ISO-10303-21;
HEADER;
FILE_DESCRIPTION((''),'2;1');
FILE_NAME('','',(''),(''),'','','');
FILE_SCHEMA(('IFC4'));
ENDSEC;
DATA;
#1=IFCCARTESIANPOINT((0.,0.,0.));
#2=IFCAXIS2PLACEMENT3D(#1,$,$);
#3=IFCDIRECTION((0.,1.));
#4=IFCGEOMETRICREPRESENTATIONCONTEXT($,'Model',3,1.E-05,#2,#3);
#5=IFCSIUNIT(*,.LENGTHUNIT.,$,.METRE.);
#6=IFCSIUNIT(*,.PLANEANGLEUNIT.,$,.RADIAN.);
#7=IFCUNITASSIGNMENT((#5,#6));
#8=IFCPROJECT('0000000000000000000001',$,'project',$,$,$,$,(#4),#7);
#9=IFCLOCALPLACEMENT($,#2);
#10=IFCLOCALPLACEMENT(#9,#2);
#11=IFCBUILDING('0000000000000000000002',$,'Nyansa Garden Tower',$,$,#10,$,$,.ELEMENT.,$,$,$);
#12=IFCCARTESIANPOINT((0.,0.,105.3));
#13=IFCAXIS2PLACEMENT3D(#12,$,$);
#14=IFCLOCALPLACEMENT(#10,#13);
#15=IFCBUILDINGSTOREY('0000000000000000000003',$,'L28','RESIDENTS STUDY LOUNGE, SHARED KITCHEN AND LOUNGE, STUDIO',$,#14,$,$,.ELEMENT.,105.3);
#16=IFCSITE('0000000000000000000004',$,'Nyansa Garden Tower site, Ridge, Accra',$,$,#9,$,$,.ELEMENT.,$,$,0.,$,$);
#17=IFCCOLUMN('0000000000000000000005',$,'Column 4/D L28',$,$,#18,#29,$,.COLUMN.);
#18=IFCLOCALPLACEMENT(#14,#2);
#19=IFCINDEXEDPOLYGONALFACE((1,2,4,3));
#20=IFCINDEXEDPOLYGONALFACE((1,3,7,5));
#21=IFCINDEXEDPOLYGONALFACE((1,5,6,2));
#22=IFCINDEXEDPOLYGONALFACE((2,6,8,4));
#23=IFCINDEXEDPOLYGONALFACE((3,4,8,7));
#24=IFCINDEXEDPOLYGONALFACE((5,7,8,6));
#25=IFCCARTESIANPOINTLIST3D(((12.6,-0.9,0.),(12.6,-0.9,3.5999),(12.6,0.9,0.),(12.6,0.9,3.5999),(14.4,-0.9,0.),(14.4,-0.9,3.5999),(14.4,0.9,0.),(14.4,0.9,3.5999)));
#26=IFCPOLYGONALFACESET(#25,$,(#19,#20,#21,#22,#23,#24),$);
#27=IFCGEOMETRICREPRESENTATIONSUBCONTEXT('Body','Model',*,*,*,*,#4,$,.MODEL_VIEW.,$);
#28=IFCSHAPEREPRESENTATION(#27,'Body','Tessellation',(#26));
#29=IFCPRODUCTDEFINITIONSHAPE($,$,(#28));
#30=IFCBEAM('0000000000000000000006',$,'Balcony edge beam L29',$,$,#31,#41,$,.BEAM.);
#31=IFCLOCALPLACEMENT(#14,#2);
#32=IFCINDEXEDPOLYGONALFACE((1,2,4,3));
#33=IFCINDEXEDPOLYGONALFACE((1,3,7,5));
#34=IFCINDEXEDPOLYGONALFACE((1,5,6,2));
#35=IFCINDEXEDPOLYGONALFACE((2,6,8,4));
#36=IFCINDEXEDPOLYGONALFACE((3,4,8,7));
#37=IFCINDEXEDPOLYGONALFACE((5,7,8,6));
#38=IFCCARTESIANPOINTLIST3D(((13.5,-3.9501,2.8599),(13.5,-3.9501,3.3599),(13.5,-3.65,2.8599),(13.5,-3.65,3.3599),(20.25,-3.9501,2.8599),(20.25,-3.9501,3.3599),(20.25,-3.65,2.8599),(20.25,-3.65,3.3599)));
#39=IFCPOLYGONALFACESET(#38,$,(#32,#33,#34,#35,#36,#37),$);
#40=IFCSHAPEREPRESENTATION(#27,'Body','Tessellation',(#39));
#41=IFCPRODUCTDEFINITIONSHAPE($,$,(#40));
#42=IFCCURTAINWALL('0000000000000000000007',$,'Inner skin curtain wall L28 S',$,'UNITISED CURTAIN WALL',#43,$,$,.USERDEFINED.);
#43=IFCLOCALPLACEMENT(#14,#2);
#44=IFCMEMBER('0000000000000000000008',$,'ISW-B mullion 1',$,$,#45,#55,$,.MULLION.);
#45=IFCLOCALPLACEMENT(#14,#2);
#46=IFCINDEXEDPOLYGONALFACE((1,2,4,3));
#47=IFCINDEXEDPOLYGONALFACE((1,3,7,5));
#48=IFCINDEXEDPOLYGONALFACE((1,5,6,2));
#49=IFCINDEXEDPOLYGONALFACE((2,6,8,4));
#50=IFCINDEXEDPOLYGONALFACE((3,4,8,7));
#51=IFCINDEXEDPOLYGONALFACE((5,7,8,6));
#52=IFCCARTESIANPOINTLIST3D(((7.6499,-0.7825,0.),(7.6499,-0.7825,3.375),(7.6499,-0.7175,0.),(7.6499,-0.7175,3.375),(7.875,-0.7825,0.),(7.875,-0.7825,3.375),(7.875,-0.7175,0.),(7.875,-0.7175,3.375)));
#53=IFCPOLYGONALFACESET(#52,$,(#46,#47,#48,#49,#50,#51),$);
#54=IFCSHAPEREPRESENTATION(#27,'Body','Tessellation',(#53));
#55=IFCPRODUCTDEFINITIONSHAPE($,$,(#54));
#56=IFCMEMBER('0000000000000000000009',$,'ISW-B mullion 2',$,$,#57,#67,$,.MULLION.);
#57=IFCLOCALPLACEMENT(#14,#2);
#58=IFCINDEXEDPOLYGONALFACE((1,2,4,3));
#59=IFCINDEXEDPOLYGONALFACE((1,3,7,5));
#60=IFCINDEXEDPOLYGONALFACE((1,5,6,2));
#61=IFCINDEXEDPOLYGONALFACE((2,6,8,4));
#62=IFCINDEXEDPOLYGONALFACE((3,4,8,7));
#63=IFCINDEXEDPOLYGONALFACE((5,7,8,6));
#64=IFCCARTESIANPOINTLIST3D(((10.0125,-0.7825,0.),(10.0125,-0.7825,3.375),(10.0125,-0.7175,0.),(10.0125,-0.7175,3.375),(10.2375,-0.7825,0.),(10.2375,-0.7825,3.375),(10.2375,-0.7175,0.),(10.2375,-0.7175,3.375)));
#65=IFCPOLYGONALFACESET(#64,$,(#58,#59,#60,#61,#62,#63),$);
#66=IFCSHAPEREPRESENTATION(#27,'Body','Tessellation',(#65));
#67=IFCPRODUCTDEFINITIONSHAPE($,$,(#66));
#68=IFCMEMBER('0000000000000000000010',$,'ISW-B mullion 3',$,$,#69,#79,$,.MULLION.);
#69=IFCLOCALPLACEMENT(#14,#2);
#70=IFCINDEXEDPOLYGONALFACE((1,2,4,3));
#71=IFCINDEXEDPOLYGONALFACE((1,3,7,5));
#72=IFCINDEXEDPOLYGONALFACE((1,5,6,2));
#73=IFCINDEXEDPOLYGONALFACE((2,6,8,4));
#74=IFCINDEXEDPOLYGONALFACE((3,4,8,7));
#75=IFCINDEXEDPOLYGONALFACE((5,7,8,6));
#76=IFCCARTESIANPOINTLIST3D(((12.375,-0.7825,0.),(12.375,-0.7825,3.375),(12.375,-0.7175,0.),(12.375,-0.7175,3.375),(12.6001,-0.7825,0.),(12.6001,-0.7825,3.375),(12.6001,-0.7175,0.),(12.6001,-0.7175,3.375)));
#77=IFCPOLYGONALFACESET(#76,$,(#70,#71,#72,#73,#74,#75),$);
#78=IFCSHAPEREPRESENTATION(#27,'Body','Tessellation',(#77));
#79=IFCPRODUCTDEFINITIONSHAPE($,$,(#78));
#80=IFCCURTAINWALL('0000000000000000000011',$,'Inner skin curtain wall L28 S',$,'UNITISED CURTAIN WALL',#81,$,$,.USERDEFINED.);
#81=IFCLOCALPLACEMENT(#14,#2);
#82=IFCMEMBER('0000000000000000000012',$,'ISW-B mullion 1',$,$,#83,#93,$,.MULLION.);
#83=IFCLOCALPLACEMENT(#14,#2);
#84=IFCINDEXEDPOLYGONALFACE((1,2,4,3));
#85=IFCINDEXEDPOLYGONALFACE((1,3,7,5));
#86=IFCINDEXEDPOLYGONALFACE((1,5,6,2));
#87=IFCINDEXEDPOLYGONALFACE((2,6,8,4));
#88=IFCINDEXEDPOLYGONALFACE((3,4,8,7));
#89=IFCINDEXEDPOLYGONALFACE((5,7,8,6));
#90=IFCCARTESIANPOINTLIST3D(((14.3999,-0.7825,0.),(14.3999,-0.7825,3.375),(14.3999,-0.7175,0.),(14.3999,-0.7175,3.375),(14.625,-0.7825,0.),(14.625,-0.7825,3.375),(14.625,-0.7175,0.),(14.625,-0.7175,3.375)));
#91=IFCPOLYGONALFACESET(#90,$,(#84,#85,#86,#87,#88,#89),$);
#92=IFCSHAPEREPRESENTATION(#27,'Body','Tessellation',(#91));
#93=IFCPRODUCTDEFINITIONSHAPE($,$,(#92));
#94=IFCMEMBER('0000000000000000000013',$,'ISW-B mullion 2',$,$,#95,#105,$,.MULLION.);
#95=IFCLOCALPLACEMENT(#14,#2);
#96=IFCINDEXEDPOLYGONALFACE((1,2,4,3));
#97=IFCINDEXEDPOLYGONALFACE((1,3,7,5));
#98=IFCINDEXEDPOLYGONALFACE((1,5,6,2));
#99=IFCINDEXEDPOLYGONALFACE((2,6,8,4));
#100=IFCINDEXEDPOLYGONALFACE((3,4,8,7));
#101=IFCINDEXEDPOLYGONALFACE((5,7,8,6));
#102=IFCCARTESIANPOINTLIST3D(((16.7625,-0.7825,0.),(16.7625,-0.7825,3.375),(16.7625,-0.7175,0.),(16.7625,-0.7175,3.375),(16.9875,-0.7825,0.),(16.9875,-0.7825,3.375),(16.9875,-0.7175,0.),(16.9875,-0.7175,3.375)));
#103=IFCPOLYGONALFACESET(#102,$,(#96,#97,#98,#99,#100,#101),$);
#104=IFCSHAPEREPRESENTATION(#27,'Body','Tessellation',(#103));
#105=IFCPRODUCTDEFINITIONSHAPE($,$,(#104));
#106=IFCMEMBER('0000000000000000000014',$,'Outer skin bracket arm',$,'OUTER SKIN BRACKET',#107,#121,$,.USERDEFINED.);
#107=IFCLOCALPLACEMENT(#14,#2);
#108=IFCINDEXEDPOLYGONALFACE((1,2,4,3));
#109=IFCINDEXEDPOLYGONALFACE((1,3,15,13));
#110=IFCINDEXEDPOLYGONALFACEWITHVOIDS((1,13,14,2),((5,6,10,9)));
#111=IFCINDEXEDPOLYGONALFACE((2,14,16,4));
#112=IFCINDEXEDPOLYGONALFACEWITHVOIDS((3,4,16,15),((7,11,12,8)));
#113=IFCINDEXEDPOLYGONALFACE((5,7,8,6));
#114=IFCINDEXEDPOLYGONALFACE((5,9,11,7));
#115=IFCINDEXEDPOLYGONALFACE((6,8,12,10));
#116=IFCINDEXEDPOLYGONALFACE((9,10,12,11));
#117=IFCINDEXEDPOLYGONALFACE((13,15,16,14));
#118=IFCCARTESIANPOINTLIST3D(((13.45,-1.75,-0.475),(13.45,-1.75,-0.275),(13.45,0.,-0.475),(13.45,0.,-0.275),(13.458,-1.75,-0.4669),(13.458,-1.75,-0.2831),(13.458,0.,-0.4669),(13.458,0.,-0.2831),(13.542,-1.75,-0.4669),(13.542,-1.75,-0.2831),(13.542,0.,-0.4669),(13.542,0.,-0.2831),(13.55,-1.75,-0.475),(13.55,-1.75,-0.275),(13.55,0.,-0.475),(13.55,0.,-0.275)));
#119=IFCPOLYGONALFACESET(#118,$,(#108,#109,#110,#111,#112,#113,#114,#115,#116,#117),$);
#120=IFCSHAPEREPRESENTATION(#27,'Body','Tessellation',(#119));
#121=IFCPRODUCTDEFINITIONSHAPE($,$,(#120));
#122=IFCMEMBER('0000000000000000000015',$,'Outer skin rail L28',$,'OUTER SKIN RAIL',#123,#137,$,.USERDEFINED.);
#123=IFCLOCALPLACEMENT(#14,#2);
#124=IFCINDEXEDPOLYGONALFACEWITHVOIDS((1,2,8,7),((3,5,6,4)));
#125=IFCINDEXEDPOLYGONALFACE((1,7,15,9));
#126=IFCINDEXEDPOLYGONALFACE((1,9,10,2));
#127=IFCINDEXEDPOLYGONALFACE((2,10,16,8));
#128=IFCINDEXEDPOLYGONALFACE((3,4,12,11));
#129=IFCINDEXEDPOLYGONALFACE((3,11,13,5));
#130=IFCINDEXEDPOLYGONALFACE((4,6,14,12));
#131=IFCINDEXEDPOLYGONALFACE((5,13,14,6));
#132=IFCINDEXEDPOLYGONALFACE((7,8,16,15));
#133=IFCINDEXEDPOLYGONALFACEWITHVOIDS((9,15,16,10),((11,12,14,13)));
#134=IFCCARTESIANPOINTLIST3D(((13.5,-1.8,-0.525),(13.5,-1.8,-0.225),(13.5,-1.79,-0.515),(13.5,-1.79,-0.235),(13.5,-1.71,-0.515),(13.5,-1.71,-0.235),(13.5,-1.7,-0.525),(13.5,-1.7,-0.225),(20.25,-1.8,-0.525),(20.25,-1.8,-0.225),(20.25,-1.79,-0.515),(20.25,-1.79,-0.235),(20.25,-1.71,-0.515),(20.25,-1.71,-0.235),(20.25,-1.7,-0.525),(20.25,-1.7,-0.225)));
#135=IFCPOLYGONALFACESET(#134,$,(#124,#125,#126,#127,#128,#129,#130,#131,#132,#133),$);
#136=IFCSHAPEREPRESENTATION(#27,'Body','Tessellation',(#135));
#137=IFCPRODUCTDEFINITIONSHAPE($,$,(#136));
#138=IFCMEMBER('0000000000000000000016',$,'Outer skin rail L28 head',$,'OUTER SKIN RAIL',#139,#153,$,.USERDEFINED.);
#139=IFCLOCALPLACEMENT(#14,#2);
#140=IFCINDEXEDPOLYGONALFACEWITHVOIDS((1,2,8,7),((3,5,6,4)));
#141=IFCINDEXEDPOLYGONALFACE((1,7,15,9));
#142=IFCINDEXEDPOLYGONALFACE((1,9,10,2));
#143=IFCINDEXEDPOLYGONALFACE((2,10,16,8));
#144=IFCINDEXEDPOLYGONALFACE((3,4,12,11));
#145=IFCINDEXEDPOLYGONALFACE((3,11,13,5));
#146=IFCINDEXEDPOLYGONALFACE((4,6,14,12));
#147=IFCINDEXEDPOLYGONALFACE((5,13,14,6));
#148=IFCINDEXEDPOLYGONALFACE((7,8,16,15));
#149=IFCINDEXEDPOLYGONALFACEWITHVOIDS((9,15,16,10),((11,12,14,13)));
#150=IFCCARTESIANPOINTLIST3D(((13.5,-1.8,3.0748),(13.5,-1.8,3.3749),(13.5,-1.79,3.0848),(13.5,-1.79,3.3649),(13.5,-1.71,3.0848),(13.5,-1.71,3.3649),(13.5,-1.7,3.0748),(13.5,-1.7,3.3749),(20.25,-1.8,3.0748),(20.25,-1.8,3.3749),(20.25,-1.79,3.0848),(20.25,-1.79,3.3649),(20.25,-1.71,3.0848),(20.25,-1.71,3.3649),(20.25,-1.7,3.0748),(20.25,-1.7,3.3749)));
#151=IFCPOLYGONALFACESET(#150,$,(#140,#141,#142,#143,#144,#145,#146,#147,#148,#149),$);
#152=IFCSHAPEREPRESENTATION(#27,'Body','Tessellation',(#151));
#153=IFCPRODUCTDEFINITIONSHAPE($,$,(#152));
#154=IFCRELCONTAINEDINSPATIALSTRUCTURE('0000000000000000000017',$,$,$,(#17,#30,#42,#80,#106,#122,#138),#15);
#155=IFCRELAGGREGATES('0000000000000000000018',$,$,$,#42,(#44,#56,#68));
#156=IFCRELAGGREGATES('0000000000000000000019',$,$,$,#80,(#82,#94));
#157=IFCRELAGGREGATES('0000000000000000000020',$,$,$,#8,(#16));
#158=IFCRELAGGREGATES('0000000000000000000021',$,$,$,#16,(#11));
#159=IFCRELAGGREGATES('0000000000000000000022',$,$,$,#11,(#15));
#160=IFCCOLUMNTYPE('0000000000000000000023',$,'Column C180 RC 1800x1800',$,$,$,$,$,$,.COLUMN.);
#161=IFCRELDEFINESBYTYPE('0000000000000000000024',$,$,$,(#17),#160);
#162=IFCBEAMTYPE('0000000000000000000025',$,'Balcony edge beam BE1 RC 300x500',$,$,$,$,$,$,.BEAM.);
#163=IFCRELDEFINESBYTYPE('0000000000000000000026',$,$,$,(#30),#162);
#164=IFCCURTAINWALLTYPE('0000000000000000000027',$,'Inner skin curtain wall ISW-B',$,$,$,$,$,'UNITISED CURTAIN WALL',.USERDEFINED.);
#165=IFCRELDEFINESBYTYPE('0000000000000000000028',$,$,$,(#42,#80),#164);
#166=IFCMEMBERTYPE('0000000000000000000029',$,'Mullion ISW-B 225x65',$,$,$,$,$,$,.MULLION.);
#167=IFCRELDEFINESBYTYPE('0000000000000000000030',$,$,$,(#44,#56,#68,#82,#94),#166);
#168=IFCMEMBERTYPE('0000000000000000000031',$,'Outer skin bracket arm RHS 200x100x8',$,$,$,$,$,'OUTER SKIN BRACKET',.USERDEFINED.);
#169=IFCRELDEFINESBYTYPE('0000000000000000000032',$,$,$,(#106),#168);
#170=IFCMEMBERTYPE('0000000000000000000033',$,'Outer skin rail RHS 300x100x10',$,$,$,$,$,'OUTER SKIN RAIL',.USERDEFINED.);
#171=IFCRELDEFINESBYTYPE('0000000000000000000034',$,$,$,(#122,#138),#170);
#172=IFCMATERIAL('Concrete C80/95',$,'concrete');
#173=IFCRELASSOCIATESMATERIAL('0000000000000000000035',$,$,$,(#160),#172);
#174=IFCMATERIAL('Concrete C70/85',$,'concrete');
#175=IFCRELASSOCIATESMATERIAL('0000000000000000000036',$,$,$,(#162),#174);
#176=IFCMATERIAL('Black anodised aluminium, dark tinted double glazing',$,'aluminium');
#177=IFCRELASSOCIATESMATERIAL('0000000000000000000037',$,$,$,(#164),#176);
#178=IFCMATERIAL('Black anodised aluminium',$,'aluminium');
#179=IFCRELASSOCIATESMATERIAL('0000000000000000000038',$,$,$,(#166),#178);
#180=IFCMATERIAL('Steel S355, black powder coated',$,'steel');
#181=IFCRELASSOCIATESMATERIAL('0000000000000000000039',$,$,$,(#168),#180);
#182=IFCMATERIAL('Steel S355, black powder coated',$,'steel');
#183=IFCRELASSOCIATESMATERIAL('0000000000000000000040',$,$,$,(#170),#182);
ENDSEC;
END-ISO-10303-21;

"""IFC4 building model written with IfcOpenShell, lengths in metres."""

from ifc_helpers import new_model, si_unit, direction, frame, origin, origin_2d, place, context, subcontext, project, spatial, rectangle, hollow_rectangle, extrude, material, material_profile, profile_set, type_object, element, aggregate, save


model = new_model("IFC4")

# Units and contexts
model_context = context("Model", 3, precision=1e-05, world=origin(), true_north=direction((0.0, 1.0)))
body_context = subcontext(model_context, "Body", "Model", "MODEL_VIEW")
ifc_project = project(units=[si_unit("LENGTHUNIT", "METRE"), si_unit("PLANEANGLEUNIT", "RADIAN")], contexts=[model_context])

# Site, building, storey
site_placement = place(None, origin())
site = spatial("IfcSite", under=ifc_project, at=site_placement, Name="Nyansa Garden Tower site, Ridge, Accra", CompositionType="ELEMENT", RefElevation=0.0)
building_placement = place(site_placement, origin())
building = spatial("IfcBuilding", under=site, at=building_placement, Name="Nyansa Garden Tower", CompositionType="ELEMENT")
storey_placement = place(building_placement, frame((0.0, 0.0, 105.3)))
storey = spatial("IfcBuildingStorey", under=building, at=storey_placement, Name="L28", Description="RESIDENTS STUDY LOUNGE, SHARED KITCHEN AND LOUNGE, STUDIO", CompositionType="ELEMENT", Elevation=105.3)

# Column
ifc_material_1 = material(Name="Concrete C80/95", Category="concrete")
ifc_material_profile_1 = material_profile(ifc_material_1, rectangle(XDim=1.8, YDim=1.8, at=origin_2d()), Name="RC 1800x1800")
ifc_profile_set_1 = profile_set([ifc_material_profile_1], Name="Concrete C80/95")
column_type = type_object("IfcColumnType", Name="Column C180 RC 1800x1800", PredefinedType="COLUMN", material=ifc_profile_set_1)
column_placement = place(storey_placement, frame((13.5, 0.0, 0.0), z_axis=(0.0, 0.0, 1.0), x_axis=(1.0, 0.0, 0.0)))
element("IfcColumn", 1, at=column_placement, inside=storey, type_object=column_type, Name="Column 4/D L28", PredefinedType="COLUMN", context=body_context, shape_type="SweptSolid", body=[
    extrude(rectangle(XDim=1.8, YDim=1.8, at=origin_2d()), origin(), (0.0, 0.0, 1.0), 3.5999),
])

# Beam
ifc_material_2 = material(Name="Concrete C70/85", Category="concrete")
ifc_material_profile_2 = material_profile(ifc_material_2, rectangle(XDim=0.3, YDim=0.5, at=origin_2d()), Name="RC 300x500")
ifc_profile_set_2 = profile_set([ifc_material_profile_2], Name="Concrete C70/85")
beam_type_1 = type_object("IfcBeamType", Name="Balcony edge beam BE1 RC 300x500", PredefinedType="BEAM", material=ifc_profile_set_2)
beam_1_placement = place(storey_placement, frame((13.5, -3.8, 3.1099), z_axis=(1.0, 0.0, 0.0), x_axis=(0.0, 1.0, 0.0)))
element("IfcBeam", 2, at=beam_1_placement, inside=storey, type_object=beam_type_1, Name="Balcony edge beam L29", PredefinedType="BEAM", context=body_context, shape_type="SweptSolid", body=[
    extrude(rectangle(XDim=0.3, YDim=0.5, at=origin_2d()), origin(), (0.0, 0.0, 1.0), 6.75),
])

# Curtain walls, members
ifc_material_3 = material(Name="Black anodised aluminium, dark tinted double glazing", Category="aluminium")
curtain_wall_type = type_object("IfcCurtainWallType", Name="Inner skin curtain wall ISW-B", ElementType="UNITISED CURTAIN WALL", PredefinedType="USERDEFINED", material=ifc_material_3)
curtain_wall_1_placement = place(storey_placement, origin())
curtain_wall_1 = element("IfcCurtainWall", 3, at=curtain_wall_1_placement, inside=storey, type_object=curtain_wall_type, Name="Inner skin curtain wall L28 S", ObjectType="UNITISED CURTAIN WALL", PredefinedType="USERDEFINED")
ifc_material_4 = material(Name="Black anodised aluminium", Category="aluminium")
ifc_material_profile_3 = material_profile(ifc_material_4, rectangle(XDim=0.0649, YDim=0.2251, at=origin_2d()), Name="Mullion 225x65")
ifc_profile_set_3 = profile_set([ifc_material_profile_3], Name="Black anodised aluminium")
member_type_1 = type_object("IfcMemberType", Name="Mullion ISW-B 225x65", PredefinedType="MULLION", material=ifc_profile_set_3)
member_1_placement = place(storey_placement, frame((7.7625, -0.75, 0.0), z_axis=(0.0, 0.0, 1.0), x_axis=(0.0, 1.0, 0.0)))
member_1 = element("IfcMember", 4, at=member_1_placement, type_object=member_type_1, Name="ISW-B mullion 1", PredefinedType="MULLION", context=body_context, shape_type="SweptSolid", body=[
    extrude(rectangle(XDim=0.0649, YDim=0.2251, at=origin_2d()), origin(), (0.0, 0.0, 1.0), 3.375),
])
member_2_placement = place(storey_placement, frame((10.125, -0.75, 0.0), z_axis=(0.0, 0.0, 1.0), x_axis=(0.0, 1.0, 0.0)))
member_2 = element("IfcMember", 5, at=member_2_placement, type_object=member_type_1, Name="ISW-B mullion 2", PredefinedType="MULLION", context=body_context, shape_type="SweptSolid", body=[
    extrude(rectangle(XDim=0.0649, YDim=0.2251, at=origin_2d()), origin(), (0.0, 0.0, 1.0), 3.375),
])
member_3_placement = place(storey_placement, frame((12.4875, -0.75, 0.0), z_axis=(0.0, 0.0, 1.0), x_axis=(0.0, 1.0, 0.0)))
member_3 = element("IfcMember", 6, at=member_3_placement, type_object=member_type_1, Name="ISW-B mullion 3", PredefinedType="MULLION", context=body_context, shape_type="SweptSolid", body=[
    extrude(rectangle(XDim=0.0649, YDim=0.2251, at=origin_2d()), origin(), (0.0, 0.0, 1.0), 3.375),
])
curtain_wall_2_placement = place(storey_placement, origin())
curtain_wall_2 = element("IfcCurtainWall", 7, at=curtain_wall_2_placement, inside=storey, type_object=curtain_wall_type, Name="Inner skin curtain wall L28 S", ObjectType="UNITISED CURTAIN WALL", PredefinedType="USERDEFINED")
member_4_placement = place(storey_placement, frame((14.5125, -0.75, 0.0), z_axis=(0.0, 0.0, 1.0), x_axis=(0.0, 1.0, 0.0)))
member_4 = element("IfcMember", 8, at=member_4_placement, type_object=member_type_1, Name="ISW-B mullion 1", PredefinedType="MULLION", context=body_context, shape_type="SweptSolid", body=[
    extrude(rectangle(XDim=0.0649, YDim=0.2251, at=origin_2d()), origin(), (0.0, 0.0, 1.0), 3.375),
])
member_5_placement = place(storey_placement, frame((16.875, -0.75, 0.0), z_axis=(0.0, 0.0, 1.0), x_axis=(0.0, 1.0, 0.0)))
member_5 = element("IfcMember", 9, at=member_5_placement, type_object=member_type_1, Name="ISW-B mullion 2", PredefinedType="MULLION", context=body_context, shape_type="SweptSolid", body=[
    extrude(rectangle(XDim=0.0649, YDim=0.2251, at=origin_2d()), origin(), (0.0, 0.0, 1.0), 3.375),
])

# Members
ifc_material_5 = material(Name="Steel S355, black powder coated", Category="steel")
ifc_material_profile_4 = material_profile(ifc_material_5, hollow_rectangle(XDim=0.1001, YDim=0.2, WallThickness=0.0081, at=origin_2d()), Name="RHS 200x100x8")
ifc_profile_set_4 = profile_set([ifc_material_profile_4], Name="Steel S355, black powder coated")
member_type_2 = type_object("IfcMemberType", Name="Outer skin bracket arm RHS 200x100x8", ElementType="OUTER SKIN BRACKET", PredefinedType="USERDEFINED", material=ifc_profile_set_4)
member_6_placement = place(storey_placement, frame((13.5, 0.0, -0.375), z_axis=(0.0, -1.0, 0.0), x_axis=(1.0, 0.0, 0.0)))
element("IfcMember", 10, at=member_6_placement, inside=storey, type_object=member_type_2, Name="Outer skin bracket arm", ObjectType="OUTER SKIN BRACKET", PredefinedType="USERDEFINED", context=body_context, shape_type="SweptSolid", body=[
    extrude(hollow_rectangle(XDim=0.1001, YDim=0.2, WallThickness=0.0081, at=origin_2d()), origin(), (0.0, 0.0, 1.0), 1.75),
])
ifc_material_6 = material(Name="Steel S355, black powder coated", Category="steel")
ifc_material_profile_5 = material_profile(ifc_material_6, hollow_rectangle(XDim=0.1001, YDim=0.3, WallThickness=0.01, at=origin_2d()), Name="RHS 300x100x10")
ifc_profile_set_5 = profile_set([ifc_material_profile_5], Name="Steel S355, black powder coated")
member_type_3 = type_object("IfcMemberType", Name="Outer skin rail RHS 300x100x10", ElementType="OUTER SKIN RAIL", PredefinedType="USERDEFINED", material=ifc_profile_set_5)
for number, where, z_axis, x_axis, name in (
    (11, (13.5, -1.75, -0.375), (1.0, 0.0, 0.0), (0.0, 1.0, 0.0), "Outer skin rail L28"),
    (12, (13.5, -1.75, 3.2249), (1.0, 0.0, 0.0), (0.0, 1.0, 0.0), "Outer skin rail L28 head"),
):
    element("IfcMember", number, at=place(storey_placement, frame(where, z_axis=z_axis, x_axis=x_axis)), inside=storey, type_object=member_type_3, Name=name, ObjectType="OUTER SKIN RAIL", PredefinedType="USERDEFINED", context=body_context, shape_type="SweptSolid", body=[
        extrude(hollow_rectangle(XDim=0.1001, YDim=0.3, WallThickness=0.01, at=origin_2d()), origin(), (0.0, 0.0, 1.0), 6.75),
    ])

aggregate(curtain_wall_1, [member_1, member_2, member_3])
aggregate(curtain_wall_2, [member_4, member_5])

save(model, "model.ifc")
